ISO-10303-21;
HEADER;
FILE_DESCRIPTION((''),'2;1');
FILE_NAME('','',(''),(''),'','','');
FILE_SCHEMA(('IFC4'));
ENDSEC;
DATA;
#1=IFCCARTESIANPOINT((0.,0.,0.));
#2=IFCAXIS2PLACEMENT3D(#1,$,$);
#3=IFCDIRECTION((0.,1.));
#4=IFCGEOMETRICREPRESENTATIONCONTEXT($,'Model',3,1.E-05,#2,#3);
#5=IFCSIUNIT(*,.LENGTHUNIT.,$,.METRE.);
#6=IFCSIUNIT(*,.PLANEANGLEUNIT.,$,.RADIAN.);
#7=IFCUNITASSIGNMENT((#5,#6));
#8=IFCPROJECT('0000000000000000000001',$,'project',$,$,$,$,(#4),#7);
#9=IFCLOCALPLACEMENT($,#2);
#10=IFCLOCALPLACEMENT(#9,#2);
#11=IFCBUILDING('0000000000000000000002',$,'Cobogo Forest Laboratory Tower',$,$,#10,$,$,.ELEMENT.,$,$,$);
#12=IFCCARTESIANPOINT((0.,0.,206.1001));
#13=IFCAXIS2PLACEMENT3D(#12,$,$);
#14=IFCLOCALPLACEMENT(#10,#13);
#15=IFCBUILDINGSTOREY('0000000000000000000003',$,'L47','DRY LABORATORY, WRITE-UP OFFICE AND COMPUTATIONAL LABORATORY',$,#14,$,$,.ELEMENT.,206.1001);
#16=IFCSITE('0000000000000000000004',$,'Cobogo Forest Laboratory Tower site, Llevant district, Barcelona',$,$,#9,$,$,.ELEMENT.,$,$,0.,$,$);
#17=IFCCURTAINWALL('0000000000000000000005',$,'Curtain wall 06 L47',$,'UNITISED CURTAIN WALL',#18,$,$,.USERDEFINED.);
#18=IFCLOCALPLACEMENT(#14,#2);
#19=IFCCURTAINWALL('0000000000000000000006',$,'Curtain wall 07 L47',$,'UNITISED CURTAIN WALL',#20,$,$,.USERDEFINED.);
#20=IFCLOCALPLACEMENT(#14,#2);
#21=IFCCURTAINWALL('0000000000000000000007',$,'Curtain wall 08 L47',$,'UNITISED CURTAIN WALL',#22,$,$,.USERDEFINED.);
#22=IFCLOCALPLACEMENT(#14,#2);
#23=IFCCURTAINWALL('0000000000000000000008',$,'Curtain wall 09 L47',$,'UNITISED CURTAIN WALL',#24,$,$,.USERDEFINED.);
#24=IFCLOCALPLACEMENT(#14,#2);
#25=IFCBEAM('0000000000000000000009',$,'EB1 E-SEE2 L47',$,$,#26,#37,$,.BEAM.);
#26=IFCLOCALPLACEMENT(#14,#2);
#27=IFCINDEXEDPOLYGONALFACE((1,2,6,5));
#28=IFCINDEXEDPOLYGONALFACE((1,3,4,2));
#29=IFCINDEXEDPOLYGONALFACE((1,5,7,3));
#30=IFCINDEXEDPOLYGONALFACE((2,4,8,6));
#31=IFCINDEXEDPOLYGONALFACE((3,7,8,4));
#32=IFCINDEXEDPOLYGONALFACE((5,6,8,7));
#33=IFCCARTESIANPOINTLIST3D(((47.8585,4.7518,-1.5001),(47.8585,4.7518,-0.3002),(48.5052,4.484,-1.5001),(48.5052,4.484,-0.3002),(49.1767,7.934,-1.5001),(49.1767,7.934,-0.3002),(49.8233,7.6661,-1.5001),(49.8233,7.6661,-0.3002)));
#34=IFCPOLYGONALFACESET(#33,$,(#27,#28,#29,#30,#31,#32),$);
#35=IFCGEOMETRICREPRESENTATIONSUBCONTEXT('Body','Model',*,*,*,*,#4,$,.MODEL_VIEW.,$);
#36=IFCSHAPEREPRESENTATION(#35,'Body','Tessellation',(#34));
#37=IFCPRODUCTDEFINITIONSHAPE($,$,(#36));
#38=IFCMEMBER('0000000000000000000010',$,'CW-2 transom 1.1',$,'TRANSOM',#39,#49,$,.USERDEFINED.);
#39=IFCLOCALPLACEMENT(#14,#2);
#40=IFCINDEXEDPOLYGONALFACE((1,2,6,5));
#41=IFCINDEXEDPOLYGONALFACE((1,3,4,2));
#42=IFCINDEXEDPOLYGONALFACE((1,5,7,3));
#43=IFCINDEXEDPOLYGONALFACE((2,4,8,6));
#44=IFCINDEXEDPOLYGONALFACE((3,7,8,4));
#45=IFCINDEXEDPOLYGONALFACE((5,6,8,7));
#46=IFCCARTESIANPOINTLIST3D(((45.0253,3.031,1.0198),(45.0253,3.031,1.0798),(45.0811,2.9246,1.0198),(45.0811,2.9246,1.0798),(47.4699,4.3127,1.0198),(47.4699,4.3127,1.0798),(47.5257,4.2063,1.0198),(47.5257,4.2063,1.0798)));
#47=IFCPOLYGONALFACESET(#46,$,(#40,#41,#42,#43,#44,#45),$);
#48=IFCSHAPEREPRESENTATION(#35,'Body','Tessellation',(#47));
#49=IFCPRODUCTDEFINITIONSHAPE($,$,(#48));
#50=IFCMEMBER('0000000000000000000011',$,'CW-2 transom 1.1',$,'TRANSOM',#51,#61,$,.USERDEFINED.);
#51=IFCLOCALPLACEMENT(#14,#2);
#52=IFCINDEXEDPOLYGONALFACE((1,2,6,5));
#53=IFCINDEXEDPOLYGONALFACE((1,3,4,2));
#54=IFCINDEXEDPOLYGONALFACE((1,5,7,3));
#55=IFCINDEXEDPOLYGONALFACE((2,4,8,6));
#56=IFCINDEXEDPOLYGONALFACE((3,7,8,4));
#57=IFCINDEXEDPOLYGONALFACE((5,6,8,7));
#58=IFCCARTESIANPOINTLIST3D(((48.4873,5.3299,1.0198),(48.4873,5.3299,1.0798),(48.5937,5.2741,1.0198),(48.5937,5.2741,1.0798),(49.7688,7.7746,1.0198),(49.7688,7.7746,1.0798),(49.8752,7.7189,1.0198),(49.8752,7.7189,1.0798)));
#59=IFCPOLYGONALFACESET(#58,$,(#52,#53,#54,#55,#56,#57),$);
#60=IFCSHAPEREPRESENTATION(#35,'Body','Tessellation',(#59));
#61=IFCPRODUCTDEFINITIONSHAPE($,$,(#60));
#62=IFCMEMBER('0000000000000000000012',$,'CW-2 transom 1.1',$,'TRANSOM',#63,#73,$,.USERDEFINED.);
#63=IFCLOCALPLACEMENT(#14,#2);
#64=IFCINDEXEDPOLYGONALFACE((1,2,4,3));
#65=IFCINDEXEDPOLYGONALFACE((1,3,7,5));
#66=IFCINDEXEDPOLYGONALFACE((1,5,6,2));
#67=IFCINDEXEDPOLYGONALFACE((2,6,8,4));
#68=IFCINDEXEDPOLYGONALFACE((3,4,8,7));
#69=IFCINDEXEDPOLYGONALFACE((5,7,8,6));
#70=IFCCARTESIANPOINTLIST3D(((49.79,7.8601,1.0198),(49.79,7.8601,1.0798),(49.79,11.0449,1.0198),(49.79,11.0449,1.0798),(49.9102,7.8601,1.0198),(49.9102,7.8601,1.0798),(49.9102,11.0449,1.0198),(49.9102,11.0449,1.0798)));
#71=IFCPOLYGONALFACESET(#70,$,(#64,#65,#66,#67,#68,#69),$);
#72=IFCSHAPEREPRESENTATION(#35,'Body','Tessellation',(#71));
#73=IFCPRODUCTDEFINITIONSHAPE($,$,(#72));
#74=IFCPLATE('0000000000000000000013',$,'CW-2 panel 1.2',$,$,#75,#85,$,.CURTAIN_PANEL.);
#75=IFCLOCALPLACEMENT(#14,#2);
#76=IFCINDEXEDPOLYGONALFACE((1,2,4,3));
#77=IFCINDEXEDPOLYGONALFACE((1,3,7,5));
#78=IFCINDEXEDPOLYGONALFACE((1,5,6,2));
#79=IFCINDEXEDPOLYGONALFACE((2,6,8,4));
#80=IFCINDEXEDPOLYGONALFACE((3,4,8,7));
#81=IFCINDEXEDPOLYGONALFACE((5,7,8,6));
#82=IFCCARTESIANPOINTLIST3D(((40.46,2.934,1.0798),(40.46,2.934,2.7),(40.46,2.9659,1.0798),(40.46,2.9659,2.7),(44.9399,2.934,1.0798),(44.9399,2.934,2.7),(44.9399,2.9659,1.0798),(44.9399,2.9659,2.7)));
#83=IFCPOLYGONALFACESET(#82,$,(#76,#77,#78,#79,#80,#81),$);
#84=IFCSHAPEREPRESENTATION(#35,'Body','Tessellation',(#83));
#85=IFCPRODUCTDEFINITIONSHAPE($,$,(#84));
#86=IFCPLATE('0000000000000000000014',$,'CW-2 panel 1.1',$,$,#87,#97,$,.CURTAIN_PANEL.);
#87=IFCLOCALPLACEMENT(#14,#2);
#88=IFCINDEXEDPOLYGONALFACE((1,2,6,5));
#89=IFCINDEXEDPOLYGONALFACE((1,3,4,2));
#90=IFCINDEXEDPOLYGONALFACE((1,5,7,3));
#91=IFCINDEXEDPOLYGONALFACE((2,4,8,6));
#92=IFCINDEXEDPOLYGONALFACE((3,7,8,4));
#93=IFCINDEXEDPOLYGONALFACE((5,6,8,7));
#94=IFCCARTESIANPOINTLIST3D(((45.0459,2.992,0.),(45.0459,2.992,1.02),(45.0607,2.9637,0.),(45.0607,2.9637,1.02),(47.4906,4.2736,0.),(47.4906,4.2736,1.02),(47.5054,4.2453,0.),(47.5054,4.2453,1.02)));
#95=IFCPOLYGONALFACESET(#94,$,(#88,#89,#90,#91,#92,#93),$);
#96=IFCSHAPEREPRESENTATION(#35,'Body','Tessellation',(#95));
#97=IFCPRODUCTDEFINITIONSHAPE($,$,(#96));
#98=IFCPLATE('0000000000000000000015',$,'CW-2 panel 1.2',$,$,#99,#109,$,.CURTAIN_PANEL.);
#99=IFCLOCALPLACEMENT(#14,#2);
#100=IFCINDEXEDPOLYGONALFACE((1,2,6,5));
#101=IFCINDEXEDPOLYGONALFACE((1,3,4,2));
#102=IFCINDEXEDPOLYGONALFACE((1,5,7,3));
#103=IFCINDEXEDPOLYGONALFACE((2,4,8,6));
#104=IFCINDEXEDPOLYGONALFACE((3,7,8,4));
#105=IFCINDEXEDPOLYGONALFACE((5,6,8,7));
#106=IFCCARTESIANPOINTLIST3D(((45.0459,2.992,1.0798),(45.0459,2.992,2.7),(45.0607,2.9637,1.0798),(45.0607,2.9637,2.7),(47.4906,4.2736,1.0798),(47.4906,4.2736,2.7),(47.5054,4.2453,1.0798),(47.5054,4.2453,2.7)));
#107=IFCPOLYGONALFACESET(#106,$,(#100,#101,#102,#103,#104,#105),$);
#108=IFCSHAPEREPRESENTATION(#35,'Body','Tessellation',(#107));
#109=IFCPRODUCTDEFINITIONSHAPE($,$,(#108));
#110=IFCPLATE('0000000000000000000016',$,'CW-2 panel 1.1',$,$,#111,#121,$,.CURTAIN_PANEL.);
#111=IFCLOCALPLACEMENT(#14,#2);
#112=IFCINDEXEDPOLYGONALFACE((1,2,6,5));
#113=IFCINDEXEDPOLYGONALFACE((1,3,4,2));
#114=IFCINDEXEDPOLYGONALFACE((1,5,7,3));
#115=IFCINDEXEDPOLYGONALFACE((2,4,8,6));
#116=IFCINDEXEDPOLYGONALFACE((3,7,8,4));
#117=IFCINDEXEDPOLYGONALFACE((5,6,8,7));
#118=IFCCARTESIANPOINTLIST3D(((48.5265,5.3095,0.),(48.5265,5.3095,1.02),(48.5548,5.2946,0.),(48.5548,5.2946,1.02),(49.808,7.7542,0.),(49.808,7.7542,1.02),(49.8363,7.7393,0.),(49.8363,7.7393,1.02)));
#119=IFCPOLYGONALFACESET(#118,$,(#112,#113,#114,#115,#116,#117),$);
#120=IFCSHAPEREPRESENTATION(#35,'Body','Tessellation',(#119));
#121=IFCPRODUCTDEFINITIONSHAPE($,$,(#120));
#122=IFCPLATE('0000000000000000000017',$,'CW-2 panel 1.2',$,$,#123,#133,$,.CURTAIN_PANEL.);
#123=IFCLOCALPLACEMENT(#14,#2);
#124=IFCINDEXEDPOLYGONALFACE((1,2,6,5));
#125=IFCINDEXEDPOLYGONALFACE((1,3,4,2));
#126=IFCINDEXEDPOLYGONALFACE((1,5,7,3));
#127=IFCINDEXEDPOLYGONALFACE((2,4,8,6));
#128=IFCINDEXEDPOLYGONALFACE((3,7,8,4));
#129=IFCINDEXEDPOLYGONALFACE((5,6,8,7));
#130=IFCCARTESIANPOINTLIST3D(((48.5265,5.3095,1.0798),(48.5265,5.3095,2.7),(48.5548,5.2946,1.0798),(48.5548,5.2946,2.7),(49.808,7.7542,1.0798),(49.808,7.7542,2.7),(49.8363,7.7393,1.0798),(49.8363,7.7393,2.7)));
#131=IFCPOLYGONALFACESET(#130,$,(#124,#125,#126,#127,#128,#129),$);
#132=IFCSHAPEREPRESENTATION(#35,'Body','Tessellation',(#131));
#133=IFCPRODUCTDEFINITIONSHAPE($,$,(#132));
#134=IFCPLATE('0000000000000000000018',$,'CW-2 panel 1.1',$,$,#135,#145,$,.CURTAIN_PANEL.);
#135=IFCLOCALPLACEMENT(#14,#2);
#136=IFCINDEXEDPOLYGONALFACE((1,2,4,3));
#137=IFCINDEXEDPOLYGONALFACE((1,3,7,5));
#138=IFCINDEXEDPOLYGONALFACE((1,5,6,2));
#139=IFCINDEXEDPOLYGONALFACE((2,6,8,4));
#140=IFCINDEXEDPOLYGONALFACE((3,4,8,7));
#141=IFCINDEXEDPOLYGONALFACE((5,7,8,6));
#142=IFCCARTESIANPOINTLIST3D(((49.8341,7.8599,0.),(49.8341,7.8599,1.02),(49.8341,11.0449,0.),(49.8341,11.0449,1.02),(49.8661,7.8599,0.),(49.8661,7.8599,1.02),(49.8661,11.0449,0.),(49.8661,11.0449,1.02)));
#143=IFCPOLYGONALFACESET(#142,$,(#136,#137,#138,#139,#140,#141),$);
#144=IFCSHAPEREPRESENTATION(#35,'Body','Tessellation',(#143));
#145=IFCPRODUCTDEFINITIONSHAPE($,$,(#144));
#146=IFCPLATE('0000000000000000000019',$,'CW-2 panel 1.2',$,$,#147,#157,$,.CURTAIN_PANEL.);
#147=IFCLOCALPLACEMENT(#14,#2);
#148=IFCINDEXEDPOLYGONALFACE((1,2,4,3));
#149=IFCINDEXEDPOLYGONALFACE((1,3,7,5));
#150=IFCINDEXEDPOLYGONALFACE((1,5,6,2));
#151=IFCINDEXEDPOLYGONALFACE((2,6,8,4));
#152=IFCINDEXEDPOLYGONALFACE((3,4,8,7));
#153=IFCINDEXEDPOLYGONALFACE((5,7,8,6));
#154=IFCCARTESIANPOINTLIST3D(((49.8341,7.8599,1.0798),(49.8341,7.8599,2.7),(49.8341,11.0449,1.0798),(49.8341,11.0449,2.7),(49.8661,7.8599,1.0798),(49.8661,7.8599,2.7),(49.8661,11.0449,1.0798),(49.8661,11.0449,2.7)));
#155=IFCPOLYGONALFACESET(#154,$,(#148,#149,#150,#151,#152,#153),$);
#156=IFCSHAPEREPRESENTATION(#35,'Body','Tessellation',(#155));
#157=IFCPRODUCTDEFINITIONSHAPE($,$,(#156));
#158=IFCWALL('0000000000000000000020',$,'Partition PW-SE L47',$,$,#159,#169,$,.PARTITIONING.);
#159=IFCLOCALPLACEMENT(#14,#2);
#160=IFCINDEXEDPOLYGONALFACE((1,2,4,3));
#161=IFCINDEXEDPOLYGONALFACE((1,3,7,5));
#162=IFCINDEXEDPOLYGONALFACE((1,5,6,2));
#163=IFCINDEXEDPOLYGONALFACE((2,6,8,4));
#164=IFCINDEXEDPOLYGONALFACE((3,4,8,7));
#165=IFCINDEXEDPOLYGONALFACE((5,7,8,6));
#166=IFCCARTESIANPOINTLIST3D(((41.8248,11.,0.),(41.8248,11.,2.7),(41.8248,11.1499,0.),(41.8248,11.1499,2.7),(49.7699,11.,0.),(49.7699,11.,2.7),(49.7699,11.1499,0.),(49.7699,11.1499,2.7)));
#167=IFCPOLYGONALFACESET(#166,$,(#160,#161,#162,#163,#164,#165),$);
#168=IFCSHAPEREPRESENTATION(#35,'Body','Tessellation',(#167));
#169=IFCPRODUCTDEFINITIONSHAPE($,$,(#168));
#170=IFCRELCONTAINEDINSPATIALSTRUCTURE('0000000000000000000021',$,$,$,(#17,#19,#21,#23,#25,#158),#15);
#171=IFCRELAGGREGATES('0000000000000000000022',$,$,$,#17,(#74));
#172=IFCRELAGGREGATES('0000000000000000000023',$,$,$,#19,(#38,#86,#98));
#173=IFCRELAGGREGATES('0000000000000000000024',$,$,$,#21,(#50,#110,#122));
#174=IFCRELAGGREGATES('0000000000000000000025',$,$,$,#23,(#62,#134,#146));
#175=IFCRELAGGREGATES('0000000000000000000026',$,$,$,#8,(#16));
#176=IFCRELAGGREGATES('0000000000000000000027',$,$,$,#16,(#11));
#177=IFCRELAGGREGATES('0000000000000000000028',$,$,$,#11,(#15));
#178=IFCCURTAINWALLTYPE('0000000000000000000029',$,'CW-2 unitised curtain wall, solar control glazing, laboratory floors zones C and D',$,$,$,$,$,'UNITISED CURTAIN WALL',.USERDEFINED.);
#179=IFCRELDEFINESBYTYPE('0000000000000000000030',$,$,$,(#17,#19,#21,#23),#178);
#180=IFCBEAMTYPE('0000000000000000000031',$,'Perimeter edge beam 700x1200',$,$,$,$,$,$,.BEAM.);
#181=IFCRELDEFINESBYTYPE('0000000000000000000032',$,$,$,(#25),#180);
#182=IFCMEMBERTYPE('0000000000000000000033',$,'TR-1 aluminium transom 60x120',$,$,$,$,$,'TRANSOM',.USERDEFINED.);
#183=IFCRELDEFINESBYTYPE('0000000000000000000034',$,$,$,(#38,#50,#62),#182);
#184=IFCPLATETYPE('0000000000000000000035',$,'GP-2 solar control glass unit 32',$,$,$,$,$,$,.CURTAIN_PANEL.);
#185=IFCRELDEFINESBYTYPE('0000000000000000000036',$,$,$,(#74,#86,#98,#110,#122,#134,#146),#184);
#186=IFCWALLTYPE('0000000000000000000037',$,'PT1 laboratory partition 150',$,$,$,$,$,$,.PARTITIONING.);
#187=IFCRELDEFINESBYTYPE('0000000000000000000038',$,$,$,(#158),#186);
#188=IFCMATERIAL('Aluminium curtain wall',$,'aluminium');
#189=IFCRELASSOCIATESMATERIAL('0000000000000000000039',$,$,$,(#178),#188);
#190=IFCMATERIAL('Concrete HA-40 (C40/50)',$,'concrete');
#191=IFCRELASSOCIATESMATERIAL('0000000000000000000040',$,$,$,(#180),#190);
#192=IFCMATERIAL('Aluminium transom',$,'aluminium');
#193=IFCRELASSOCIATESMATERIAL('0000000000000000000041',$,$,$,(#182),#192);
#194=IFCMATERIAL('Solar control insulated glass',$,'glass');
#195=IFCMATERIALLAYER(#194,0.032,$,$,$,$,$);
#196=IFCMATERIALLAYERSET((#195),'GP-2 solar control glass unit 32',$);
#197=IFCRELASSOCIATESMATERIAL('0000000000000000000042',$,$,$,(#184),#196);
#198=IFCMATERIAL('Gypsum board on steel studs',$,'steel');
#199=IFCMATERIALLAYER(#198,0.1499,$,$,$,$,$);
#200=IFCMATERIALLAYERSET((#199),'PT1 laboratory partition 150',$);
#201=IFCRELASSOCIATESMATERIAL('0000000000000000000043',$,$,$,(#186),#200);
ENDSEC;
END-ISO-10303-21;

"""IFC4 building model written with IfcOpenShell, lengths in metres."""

from ifc_helpers import new_model, si_unit, direction, frame, frame_2d, origin, origin_2d, place, context, subcontext, project, spatial, rectangle, extrude, material, layer, layer_set, material_profile, profile_set, type_object, element, aggregate, save


model = new_model("IFC4")

# Units and contexts
model_context = context("Model", 3, precision=1e-05, world=origin(), true_north=direction((0.0, 1.0)))
body_context = subcontext(model_context, "Body", "Model", "MODEL_VIEW")
ifc_project = project(units=[si_unit("LENGTHUNIT", "METRE"), si_unit("PLANEANGLEUNIT", "RADIAN")], contexts=[model_context])

# Site, building, storey
site_placement = place(None, origin())
site = spatial("IfcSite", under=ifc_project, at=site_placement, Name="Cobogo Forest Laboratory Tower site, Llevant district, Barcelona", CompositionType="ELEMENT", RefElevation=0.0)
building_placement = place(site_placement, origin())
building = spatial("IfcBuilding", under=site, at=building_placement, Name="Cobogo Forest Laboratory Tower", CompositionType="ELEMENT")
storey_placement = place(building_placement, frame((0.0, 0.0, 206.1001)))
storey = spatial("IfcBuildingStorey", under=building, at=storey_placement, Name="L47", Description="DRY LABORATORY, WRITE-UP OFFICE AND COMPUTATIONAL LABORATORY", CompositionType="ELEMENT", Elevation=206.1001)

# Curtain wall
ifc_material_1 = material(Name="Aluminium curtain wall", Category="aluminium")
curtain_wall_type = type_object("IfcCurtainWallType", Name="CW-2 unitised curtain wall, solar control glazing, laboratory floors zones C and D", ElementType="UNITISED CURTAIN WALL", PredefinedType="USERDEFINED", material=ifc_material_1)
curtain_wall_1_placement = place(storey_placement, origin())
curtain_wall_1 = element("IfcCurtainWall", 1, at=curtain_wall_1_placement, inside=storey, type_object=curtain_wall_type, Name="Curtain wall 06 L47", ObjectType="UNITISED CURTAIN WALL", PredefinedType="USERDEFINED")

# Curtain walls
curtain_wall_2_placement = place(storey_placement, origin())
curtain_wall_2 = element("IfcCurtainWall", 2, at=curtain_wall_2_placement, inside=storey, type_object=curtain_wall_type, Name="Curtain wall 07 L47", ObjectType="UNITISED CURTAIN WALL", PredefinedType="USERDEFINED")
curtain_wall_3_placement = place(storey_placement, origin())
curtain_wall_3 = element("IfcCurtainWall", 3, at=curtain_wall_3_placement, inside=storey, type_object=curtain_wall_type, Name="Curtain wall 08 L47", ObjectType="UNITISED CURTAIN WALL", PredefinedType="USERDEFINED")
curtain_wall_4_placement = place(storey_placement, origin())
curtain_wall_4 = element("IfcCurtainWall", 4, at=curtain_wall_4_placement, inside=storey, type_object=curtain_wall_type, Name="Curtain wall 09 L47", ObjectType="UNITISED CURTAIN WALL", PredefinedType="USERDEFINED")

# Beam
ifc_material_2 = material(Name="Concrete HA-40 (C40/50)", Category="concrete")
ifc_material_profile_1 = material_profile(ifc_material_2, rectangle(XDim=0.7, YDim=1.2, at=origin_2d()), Name="RC 700x1200")
ifc_profile_set_1 = profile_set([ifc_material_profile_1], Name="Concrete HA-40 (C40/50)")
beam_type_1 = type_object("IfcBeamType", Name="Perimeter edge beam 700x1200", PredefinedType="BEAM", material=ifc_profile_set_1)
beam_1_placement = place(storey_placement, frame((49.5, 7.8, -0.9001), z_axis=(-0.382692, -0.923876, 0.0), x_axis=(0.923876, -0.382692, 0.0)))
element("IfcBeam", 5, at=beam_1_placement, inside=storey, type_object=beam_type_1, Name="EB1 E-SEE2 L47", PredefinedType="BEAM", context=body_context, shape_type="SweptSolid", body=[
    extrude(rectangle(XDim=0.7, YDim=1.2, at=origin_2d()), origin(), (0.0, 0.0, 1.0), 3.4443),
])

# Members
ifc_material_3 = material(Name="Aluminium transom", Category="aluminium")
ifc_material_profile_2 = material_profile(ifc_material_3, rectangle(XDim=0.1201, YDim=0.0601, at=origin_2d()), Name="AL 60x120")
ifc_profile_set_2 = profile_set([ifc_material_profile_2], Name="Aluminium transom")
member_type_1 = type_object("IfcMemberType", Name="TR-1 aluminium transom 60x120", ElementType="TRANSOM", PredefinedType="USERDEFINED", material=ifc_profile_set_2)
member_1_placement = place(storey_placement, frame((45.0532, 2.9778, 1.0498), z_axis=(0.885646, 0.464361, 0.0), x_axis=(-0.464361, 0.885646, 0.0)))
member_1 = element("IfcMember", 6, at=member_1_placement, type_object=member_type_1, Name="CW-2 transom 1.1", ObjectType="TRANSOM", PredefinedType="USERDEFINED", context=body_context, shape_type="SweptSolid", body=[
    extrude(rectangle(XDim=0.1201, YDim=0.0601, at=origin_2d()), origin(), (0.0, 0.0, 1.0), 2.7603),
])
member_2_placement = place(storey_placement, frame((48.5405, 5.302, 1.0498), z_axis=(0.464255, 0.885702, 0.0), x_axis=(-0.885702, 0.464255, 0.0)))
member_2 = element("IfcMember", 7, at=member_2_placement, type_object=member_type_1, Name="CW-2 transom 1.1", ObjectType="TRANSOM", PredefinedType="USERDEFINED", context=body_context, shape_type="SweptSolid", body=[
    extrude(rectangle(XDim=0.1201, YDim=0.0601, at=origin_2d()), origin(), (0.0, 0.0, 1.0), 2.7603),
])
member_3_placement = place(storey_placement, frame((49.8501, 7.8601, 1.0498), z_axis=(0.0, 1.0, 0.0), x_axis=(-1.0, 0.0, 0.0)))
member_3 = element("IfcMember", 8, at=member_3_placement, type_object=member_type_1, Name="CW-2 transom 1.1", ObjectType="TRANSOM", PredefinedType="USERDEFINED", context=body_context, shape_type="SweptSolid", body=[
    extrude(rectangle(XDim=0.1201, YDim=0.0601, at=origin_2d()), origin(), (0.0, 0.0, 1.0), 3.1848),
])

# Plates
ifc_material_4 = material(Name="Solar control insulated glass", Category="glass")
ifc_layer_1 = layer(ifc_material_4, 0.032)
ifc_layer_set_1 = layer_set([ifc_layer_1], Name="GP-2 solar control glass unit 32")
plate_type = type_object("IfcPlateType", Name="GP-2 solar control glass unit 32", PredefinedType="CURTAIN_PANEL", material=ifc_layer_set_1)
plate_1_placement = place(storey_placement, frame((42.7, 2.95, 1.0798), z_axis=(0.0, 0.0, 1.0), x_axis=(1.0, 0.0, 0.0)))
plate_1 = element("IfcPlate", 9, at=plate_1_placement, type_object=plate_type, Name="CW-2 panel 1.2", PredefinedType="CURTAIN_PANEL", context=body_context, shape_type="SweptSolid", body=[
    extrude(rectangle(XDim=4.48, YDim=0.032, at=origin_2d()), origin(), (0.0, 0.0, 1.0), 1.6201),
])
aggregate(curtain_wall_1, [plate_1])
plate_2_placement = place(storey_placement, frame((46.2756, 3.6187, 0.0), z_axis=(0.0, 0.0, 1.0), x_axis=(0.885686, 0.464284, 0.0)))
plate_2 = element("IfcPlate", 10, at=plate_2_placement, type_object=plate_type, Name="CW-2 panel 1.1", PredefinedType="CURTAIN_PANEL", context=body_context, shape_type="SweptSolid", body=[
    extrude(rectangle(XDim=2.7603, YDim=0.032, at=origin_2d()), origin(), (0.0, 0.0, 1.0), 1.02),
])
plate_3_placement = place(storey_placement, frame((46.2756, 3.6187, 1.0798), z_axis=(0.0, 0.0, 1.0), x_axis=(0.885686, 0.464284, 0.0)))
plate_3 = element("IfcPlate", 11, at=plate_3_placement, type_object=plate_type, Name="CW-2 panel 1.2", PredefinedType="CURTAIN_PANEL", context=body_context, shape_type="SweptSolid", body=[
    extrude(rectangle(XDim=2.7603, YDim=0.032, at=origin_2d()), origin(), (0.0, 0.0, 1.0), 1.6201),
])
aggregate(curtain_wall_2, [member_1, plate_2, plate_3])
plate_4_placement = place(storey_placement, frame((49.1814, 6.5244, 0.0), z_axis=(0.0, 0.0, 1.0), x_axis=(0.464284, 0.885686, 0.0)))
plate_4 = element("IfcPlate", 12, at=plate_4_placement, type_object=plate_type, Name="CW-2 panel 1.1", PredefinedType="CURTAIN_PANEL", context=body_context, shape_type="SweptSolid", body=[
    extrude(rectangle(XDim=2.7603, YDim=0.032, at=origin_2d()), origin(), (0.0, 0.0, 1.0), 1.02),
])
plate_5_placement = place(storey_placement, frame((49.1814, 6.5244, 1.0798), z_axis=(0.0, 0.0, 1.0), x_axis=(0.464284, 0.885686, 0.0)))
plate_5 = element("IfcPlate", 13, at=plate_5_placement, type_object=plate_type, Name="CW-2 panel 1.2", PredefinedType="CURTAIN_PANEL", context=body_context, shape_type="SweptSolid", body=[
    extrude(rectangle(XDim=2.7603, YDim=0.032, at=origin_2d()), origin(), (0.0, 0.0, 1.0), 1.6201),
])
aggregate(curtain_wall_3, [member_2, plate_4, plate_5])
plate_6_placement = place(storey_placement, frame((49.8501, 9.4524, 0.0), z_axis=(0.0, 0.0, 1.0), x_axis=(0.0, 1.0, 0.0)))
plate_6 = element("IfcPlate", 14, at=plate_6_placement, type_object=plate_type, Name="CW-2 panel 1.1", PredefinedType="CURTAIN_PANEL", context=body_context, shape_type="SweptSolid", body=[
    extrude(rectangle(XDim=3.1851, YDim=0.032, at=origin_2d()), origin(), (0.0, 0.0, 1.0), 1.02),
])
plate_7_placement = place(storey_placement, frame((49.8501, 9.4524, 1.0798), z_axis=(0.0, 0.0, 1.0), x_axis=(0.0, 1.0, 0.0)))
plate_7 = element("IfcPlate", 15, at=plate_7_placement, type_object=plate_type, Name="CW-2 panel 1.2", PredefinedType="CURTAIN_PANEL", context=body_context, shape_type="SweptSolid", body=[
    extrude(rectangle(XDim=3.1851, YDim=0.032, at=origin_2d()), origin(), (0.0, 0.0, 1.0), 1.6201),
])
aggregate(curtain_wall_4, [member_3, plate_6, plate_7])

# Wall
ifc_material_5 = material(Name="Gypsum board on steel studs", Category="steel")
ifc_layer_2 = layer(ifc_material_5, 0.1499)
ifc_layer_set_2 = layer_set([ifc_layer_2], Name="PT1 laboratory partition 150")
wall_type = type_object("IfcWallType", Name="PT1 laboratory partition 150", PredefinedType="PARTITIONING", material=ifc_layer_set_2)
wall_placement = place(storey_placement, frame((49.77, 11.075, 0.0), z_axis=(0.0, 0.0, 1.0), x_axis=(-1.0, 0.0, 0.0)))
element("IfcWall", 16, at=wall_placement, inside=storey, type_object=wall_type, Name="Partition PW-SE L47", PredefinedType="PARTITIONING", context=body_context, shape_type="SweptSolid", body=[
    extrude(rectangle(XDim=7.9451, YDim=0.1499, at=frame_2d((3.9727, 0.0))), origin(), (0.0, 0.0, 1.0), 2.7),
])

save(model, "model.ifc")
